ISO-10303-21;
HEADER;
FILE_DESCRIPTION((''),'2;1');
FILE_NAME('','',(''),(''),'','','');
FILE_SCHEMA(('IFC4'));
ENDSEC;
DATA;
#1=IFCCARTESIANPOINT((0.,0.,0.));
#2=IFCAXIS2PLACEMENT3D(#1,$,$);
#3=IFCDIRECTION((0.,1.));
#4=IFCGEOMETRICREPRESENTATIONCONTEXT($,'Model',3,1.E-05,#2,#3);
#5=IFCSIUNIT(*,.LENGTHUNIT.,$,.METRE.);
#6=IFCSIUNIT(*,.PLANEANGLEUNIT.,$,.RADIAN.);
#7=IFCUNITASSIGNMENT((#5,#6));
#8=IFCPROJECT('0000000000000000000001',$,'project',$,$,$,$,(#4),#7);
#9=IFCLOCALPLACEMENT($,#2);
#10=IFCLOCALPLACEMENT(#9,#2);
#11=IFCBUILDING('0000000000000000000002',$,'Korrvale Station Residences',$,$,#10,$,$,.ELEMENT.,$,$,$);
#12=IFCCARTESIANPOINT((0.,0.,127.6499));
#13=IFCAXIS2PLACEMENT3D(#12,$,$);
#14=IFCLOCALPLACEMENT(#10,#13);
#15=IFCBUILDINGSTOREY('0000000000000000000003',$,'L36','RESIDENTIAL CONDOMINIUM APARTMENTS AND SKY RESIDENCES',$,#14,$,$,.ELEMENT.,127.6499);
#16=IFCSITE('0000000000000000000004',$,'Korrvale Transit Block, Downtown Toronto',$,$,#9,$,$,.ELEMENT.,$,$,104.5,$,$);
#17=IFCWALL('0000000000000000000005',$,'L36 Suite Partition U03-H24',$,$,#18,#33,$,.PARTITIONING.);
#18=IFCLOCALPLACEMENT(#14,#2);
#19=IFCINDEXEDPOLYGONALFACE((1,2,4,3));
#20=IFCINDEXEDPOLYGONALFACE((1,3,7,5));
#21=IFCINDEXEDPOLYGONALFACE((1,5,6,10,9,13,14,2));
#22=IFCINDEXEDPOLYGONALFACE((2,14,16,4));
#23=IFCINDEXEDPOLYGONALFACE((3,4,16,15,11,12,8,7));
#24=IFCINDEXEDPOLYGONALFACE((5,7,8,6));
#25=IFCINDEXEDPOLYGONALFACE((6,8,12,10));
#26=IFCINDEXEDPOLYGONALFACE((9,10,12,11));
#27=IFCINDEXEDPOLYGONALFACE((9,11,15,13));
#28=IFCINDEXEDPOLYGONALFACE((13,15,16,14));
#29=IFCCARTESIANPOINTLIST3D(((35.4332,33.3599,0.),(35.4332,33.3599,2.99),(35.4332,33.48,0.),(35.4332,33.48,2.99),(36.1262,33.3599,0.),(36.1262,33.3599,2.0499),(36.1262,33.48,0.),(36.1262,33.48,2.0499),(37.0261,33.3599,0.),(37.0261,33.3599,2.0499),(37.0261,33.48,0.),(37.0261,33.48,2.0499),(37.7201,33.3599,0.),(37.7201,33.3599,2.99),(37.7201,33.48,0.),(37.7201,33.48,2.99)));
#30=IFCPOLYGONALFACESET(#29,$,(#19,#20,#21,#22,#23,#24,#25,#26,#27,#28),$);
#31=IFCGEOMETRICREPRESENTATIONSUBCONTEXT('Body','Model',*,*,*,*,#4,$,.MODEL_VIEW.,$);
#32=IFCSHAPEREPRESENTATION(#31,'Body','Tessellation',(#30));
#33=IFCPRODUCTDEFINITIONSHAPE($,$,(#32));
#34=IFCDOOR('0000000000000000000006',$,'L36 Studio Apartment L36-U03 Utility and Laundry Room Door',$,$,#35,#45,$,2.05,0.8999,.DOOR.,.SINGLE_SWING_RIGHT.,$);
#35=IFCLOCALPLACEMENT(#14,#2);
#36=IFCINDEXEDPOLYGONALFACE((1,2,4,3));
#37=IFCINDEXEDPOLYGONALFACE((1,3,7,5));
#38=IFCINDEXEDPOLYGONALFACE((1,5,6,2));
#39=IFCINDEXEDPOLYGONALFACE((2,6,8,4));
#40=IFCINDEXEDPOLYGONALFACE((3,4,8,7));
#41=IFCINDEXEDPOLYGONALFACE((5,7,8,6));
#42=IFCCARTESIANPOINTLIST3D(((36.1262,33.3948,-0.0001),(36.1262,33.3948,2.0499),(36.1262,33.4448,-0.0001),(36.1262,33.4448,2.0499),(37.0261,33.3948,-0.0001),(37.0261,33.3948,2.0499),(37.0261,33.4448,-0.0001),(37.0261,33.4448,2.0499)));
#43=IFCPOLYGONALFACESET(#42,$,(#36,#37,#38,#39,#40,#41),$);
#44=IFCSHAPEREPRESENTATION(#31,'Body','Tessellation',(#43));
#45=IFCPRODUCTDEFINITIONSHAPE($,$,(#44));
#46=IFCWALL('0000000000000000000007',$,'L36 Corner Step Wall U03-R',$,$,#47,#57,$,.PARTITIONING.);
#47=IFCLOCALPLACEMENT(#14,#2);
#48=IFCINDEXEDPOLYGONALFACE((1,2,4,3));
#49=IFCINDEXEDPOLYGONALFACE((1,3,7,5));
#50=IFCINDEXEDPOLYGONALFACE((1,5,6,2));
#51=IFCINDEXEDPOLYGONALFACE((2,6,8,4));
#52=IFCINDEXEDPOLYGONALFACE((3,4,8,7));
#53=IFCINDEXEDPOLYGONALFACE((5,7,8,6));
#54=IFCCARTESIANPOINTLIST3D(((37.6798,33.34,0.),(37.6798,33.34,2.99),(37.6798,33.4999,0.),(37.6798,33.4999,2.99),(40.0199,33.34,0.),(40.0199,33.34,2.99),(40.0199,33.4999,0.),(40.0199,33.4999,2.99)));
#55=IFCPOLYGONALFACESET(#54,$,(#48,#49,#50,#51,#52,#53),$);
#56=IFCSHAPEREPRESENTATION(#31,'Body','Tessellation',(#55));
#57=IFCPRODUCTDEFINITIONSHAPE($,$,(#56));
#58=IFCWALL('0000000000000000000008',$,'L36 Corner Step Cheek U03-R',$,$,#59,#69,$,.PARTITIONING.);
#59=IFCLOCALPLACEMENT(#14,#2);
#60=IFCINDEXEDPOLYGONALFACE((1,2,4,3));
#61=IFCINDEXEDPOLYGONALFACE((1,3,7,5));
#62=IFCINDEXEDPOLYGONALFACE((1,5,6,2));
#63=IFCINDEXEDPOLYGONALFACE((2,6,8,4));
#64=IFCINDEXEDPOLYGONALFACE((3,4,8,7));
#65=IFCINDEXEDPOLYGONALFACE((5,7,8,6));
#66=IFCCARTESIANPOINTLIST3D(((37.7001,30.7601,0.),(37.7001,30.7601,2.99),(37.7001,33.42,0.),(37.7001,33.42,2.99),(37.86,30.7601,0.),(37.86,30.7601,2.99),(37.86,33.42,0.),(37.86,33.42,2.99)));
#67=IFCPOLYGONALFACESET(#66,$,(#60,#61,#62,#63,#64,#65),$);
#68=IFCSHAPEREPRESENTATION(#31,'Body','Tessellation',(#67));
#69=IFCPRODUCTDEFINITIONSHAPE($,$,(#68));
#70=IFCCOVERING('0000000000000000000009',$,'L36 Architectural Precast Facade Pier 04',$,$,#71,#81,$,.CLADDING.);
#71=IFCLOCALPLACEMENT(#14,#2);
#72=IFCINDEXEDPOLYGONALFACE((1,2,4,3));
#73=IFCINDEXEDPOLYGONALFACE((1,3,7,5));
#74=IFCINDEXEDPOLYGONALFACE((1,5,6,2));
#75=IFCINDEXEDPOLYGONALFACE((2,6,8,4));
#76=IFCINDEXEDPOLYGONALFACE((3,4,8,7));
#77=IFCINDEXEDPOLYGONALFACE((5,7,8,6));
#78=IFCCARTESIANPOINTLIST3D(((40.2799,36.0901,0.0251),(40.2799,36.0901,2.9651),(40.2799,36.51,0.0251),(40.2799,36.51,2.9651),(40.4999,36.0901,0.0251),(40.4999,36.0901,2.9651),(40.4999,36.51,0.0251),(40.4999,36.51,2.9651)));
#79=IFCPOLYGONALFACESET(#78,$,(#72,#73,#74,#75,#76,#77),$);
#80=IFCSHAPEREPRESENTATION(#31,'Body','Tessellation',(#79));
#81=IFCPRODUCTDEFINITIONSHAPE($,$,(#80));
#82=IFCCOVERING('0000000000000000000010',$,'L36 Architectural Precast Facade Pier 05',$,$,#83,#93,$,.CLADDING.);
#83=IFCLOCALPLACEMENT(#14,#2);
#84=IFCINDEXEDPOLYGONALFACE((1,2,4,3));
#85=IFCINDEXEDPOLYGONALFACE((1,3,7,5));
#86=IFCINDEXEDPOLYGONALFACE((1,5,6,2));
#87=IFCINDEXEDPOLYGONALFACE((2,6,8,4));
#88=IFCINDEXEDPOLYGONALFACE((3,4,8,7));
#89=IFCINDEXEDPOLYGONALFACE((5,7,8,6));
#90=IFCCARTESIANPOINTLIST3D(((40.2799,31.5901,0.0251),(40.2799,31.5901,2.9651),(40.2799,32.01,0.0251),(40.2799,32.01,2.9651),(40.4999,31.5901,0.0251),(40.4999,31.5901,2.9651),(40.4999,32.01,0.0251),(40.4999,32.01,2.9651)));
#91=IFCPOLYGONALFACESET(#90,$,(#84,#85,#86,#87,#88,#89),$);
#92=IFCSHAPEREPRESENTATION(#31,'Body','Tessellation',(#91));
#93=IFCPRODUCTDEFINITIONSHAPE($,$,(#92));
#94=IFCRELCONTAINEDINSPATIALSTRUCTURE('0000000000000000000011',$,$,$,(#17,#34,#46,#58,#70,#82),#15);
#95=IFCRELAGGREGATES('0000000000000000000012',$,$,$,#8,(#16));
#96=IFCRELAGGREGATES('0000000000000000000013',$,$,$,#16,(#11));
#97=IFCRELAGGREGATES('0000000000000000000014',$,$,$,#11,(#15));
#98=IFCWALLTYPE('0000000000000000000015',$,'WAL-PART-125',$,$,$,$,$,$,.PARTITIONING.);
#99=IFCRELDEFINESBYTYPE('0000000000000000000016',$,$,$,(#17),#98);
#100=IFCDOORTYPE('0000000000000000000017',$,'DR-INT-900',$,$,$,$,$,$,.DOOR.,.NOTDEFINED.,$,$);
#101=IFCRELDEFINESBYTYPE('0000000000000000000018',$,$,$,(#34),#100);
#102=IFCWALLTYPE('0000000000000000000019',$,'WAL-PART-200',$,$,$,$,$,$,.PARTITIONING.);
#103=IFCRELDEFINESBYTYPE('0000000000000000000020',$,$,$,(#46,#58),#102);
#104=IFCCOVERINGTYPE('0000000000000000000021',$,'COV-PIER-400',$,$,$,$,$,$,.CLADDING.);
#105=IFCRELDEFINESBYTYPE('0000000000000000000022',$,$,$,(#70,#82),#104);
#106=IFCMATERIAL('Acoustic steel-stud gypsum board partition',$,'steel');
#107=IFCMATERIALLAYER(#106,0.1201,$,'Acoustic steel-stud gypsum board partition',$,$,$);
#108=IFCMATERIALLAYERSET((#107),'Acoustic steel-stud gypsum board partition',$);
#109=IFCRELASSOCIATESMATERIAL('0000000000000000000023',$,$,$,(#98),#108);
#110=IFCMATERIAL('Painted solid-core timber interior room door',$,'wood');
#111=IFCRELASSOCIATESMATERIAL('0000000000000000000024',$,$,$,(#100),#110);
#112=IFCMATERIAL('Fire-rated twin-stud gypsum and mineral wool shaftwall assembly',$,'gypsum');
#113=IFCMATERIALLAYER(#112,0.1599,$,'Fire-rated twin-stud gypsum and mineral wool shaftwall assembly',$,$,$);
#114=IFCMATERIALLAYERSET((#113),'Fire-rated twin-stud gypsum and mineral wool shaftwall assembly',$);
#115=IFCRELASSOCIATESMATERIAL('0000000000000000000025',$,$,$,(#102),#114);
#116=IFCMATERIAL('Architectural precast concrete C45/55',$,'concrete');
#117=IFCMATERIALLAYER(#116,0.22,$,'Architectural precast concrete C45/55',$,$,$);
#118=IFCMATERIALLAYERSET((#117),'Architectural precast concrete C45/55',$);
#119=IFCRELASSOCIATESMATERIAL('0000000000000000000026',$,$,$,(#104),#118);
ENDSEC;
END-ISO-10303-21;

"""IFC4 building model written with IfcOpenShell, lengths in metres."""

from ifc_helpers import new_model, si_unit, direction, frame, frame_2d, origin, origin_2d, place, context, subcontext, project, spatial, rectangle, extrude, material, layer, layer_set, type_object, element, fill, save


model = new_model("IFC4")

# Units and contexts
model_context = context("Model", 3, precision=1e-05, world=origin(), true_north=direction((0.0, 1.0)))
body_context = subcontext(model_context, "Body", "Model", "MODEL_VIEW")
ifc_project = project(units=[si_unit("LENGTHUNIT", "METRE"), si_unit("PLANEANGLEUNIT", "RADIAN")], contexts=[model_context])

# Site, building, storey
site_placement = place(None, origin())
site = spatial("IfcSite", under=ifc_project, at=site_placement, Name="Korrvale Transit Block, Downtown Toronto", CompositionType="ELEMENT", RefElevation=104.5)
building_placement = place(site_placement, origin())
building = spatial("IfcBuilding", under=site, at=building_placement, Name="Korrvale Station Residences", CompositionType="ELEMENT")
storey_placement = place(building_placement, frame((0.0, 0.0, 127.6499)))
storey = spatial("IfcBuildingStorey", under=building, at=storey_placement, Name="L36", Description="RESIDENTIAL CONDOMINIUM APARTMENTS AND SKY RESIDENCES", CompositionType="ELEMENT", Elevation=127.6499)

# Wall, opening, door
ifc_material_1 = material(Name="Acoustic steel-stud gypsum board partition", Category="steel")
ifc_layer_1 = layer(ifc_material_1, 0.1201, Name="Acoustic steel-stud gypsum board partition")
ifc_layer_set_1 = layer_set([ifc_layer_1], Name="Acoustic steel-stud gypsum board partition")
wall_type_1 = type_object("IfcWallType", Name="WAL-PART-125", PredefinedType="PARTITIONING", material=ifc_layer_set_1)
ifc_material_2 = material(Name="Painted solid-core timber interior room door", Category="wood")
door_type = type_object("IfcDoorType", Name="DR-INT-900", OperationType="NOTDEFINED", PredefinedType="DOOR", material=ifc_material_2)
wall_1_placement = place(storey_placement, frame((35.4331, 33.4199, 0.0), z_axis=(0.0, 0.0, 1.0), x_axis=(1.0, 0.0, 0.0)))
wall_1 = element("IfcWall", 1, at=wall_1_placement, inside=storey, type_object=wall_type_1, Name="L36 Suite Partition U03-H24", PredefinedType="PARTITIONING", context=body_context, shape_type="SweptSolid", body=[
    extrude(rectangle(XDim=2.2869, YDim=0.1201, at=frame_2d((1.1436, 0.0))), origin(), (0.0, 0.0, 1.0), 2.99),
])
opening_1_placement = place(wall_1_placement, frame((0.6931, 0.0, 0.0)))
opening_1 = element("IfcOpeningElement", 2, at=opening_1_placement, cuts=wall_1, PredefinedType="OPENING", context=body_context, shape_type="SweptSolid", body=[
    extrude(rectangle(XDim=0.8999, YDim=2.05, at=frame_2d((0.45, 1.0249))), frame((0.0, 0.0701, 0.0), z_axis=(0.0, -1.0, 0.0), x_axis=(1.0, 0.0, 0.0)), (0.0, 0.0, 1.0), 0.1401),
])
door_1_placement = place(opening_1_placement, origin())
door_1 = element("IfcDoor", 3, at=door_1_placement, inside=storey, type_object=door_type, Name="L36 Studio Apartment L36-U03 Utility and Laundry Room Door", OperationType="SINGLE_SWING_RIGHT", OverallHeight=2.05, OverallWidth=0.8999, PredefinedType="DOOR", context=body_context, shape_type="SweptSolid", body=[
    extrude(rectangle(XDim=0.8999, YDim=2.05, at=frame_2d((0.45, 1.0249))), frame((0.0, 0.0249, 0.0), z_axis=(0.0, -1.0, 0.0), x_axis=(1.0, 0.0, 0.0)), (0.0, 0.0, 1.0), 0.05),
])
fill(opening_1, door_1)

# Walls
ifc_material_3 = material(Name="Fire-rated twin-stud gypsum and mineral wool shaftwall assembly", Category="gypsum")
ifc_layer_2 = layer(ifc_material_3, 0.1599, Name="Fire-rated twin-stud gypsum and mineral wool shaftwall assembly")
ifc_layer_set_2 = layer_set([ifc_layer_2], Name="Fire-rated twin-stud gypsum and mineral wool shaftwall assembly")
wall_type_2 = type_object("IfcWallType", Name="WAL-PART-200", PredefinedType="PARTITIONING", material=ifc_layer_set_2)
wall_2_placement = place(storey_placement, frame((37.6799, 33.4199, 0.0), z_axis=(0.0, 0.0, 1.0), x_axis=(1.0, 0.0, 0.0)))
element("IfcWall", 4, at=wall_2_placement, inside=storey, type_object=wall_type_2, Name="L36 Corner Step Wall U03-R", PredefinedType="PARTITIONING", context=body_context, shape_type="SweptSolid", body=[
    extrude(rectangle(XDim=2.3401, YDim=0.1599, at=frame_2d((1.1699, 0.0))), origin(), (0.0, 0.0, 1.0), 2.99),
])
wall_3_placement = place(storey_placement, frame((37.78, 30.76, 0.0), z_axis=(0.0, 0.0, 1.0), x_axis=(0.0, 1.0, 0.0)))
element("IfcWall", 5, at=wall_3_placement, inside=storey, type_object=wall_type_2, Name="L36 Corner Step Cheek U03-R", PredefinedType="PARTITIONING", context=body_context, shape_type="SweptSolid", body=[
    extrude(rectangle(XDim=2.6599, YDim=0.1599, at=frame_2d((1.3301, 0.0))), origin(), (0.0, 0.0, 1.0), 2.99),
])

# Coverings
ifc_material_4 = material(Name="Architectural precast concrete C45/55", Category="concrete")
ifc_layer_3 = layer(ifc_material_4, 0.22, Name="Architectural precast concrete C45/55")
ifc_layer_set_3 = layer_set([ifc_layer_3], Name="Architectural precast concrete C45/55")
covering_type = type_object("IfcCoveringType", Name="COV-PIER-400", PredefinedType="CLADDING", material=ifc_layer_set_3)
for number, where, z_axis, x_axis, name in (
    (6, (40.3899, 36.3, 0.0251), (0.0, 0.0, 1.0), (0.0, 1.0, 0.0), "L36 Architectural Precast Facade Pier 04"),
    (7, (40.3899, 31.8, 0.0251), (0.0, 0.0, 1.0), (0.0, 1.0, 0.0), "L36 Architectural Precast Facade Pier 05"),
):
    element("IfcCovering", number, at=place(storey_placement, frame(where, z_axis=z_axis, x_axis=x_axis)), inside=storey, type_object=covering_type, Name=name, PredefinedType="CLADDING", context=body_context, shape_type="SweptSolid", body=[
        extrude(rectangle(XDim=0.4199, YDim=0.22, at=origin_2d()), origin(), (0.0, 0.0, 1.0), 2.9399),
    ])

save(model, "model.ifc")
